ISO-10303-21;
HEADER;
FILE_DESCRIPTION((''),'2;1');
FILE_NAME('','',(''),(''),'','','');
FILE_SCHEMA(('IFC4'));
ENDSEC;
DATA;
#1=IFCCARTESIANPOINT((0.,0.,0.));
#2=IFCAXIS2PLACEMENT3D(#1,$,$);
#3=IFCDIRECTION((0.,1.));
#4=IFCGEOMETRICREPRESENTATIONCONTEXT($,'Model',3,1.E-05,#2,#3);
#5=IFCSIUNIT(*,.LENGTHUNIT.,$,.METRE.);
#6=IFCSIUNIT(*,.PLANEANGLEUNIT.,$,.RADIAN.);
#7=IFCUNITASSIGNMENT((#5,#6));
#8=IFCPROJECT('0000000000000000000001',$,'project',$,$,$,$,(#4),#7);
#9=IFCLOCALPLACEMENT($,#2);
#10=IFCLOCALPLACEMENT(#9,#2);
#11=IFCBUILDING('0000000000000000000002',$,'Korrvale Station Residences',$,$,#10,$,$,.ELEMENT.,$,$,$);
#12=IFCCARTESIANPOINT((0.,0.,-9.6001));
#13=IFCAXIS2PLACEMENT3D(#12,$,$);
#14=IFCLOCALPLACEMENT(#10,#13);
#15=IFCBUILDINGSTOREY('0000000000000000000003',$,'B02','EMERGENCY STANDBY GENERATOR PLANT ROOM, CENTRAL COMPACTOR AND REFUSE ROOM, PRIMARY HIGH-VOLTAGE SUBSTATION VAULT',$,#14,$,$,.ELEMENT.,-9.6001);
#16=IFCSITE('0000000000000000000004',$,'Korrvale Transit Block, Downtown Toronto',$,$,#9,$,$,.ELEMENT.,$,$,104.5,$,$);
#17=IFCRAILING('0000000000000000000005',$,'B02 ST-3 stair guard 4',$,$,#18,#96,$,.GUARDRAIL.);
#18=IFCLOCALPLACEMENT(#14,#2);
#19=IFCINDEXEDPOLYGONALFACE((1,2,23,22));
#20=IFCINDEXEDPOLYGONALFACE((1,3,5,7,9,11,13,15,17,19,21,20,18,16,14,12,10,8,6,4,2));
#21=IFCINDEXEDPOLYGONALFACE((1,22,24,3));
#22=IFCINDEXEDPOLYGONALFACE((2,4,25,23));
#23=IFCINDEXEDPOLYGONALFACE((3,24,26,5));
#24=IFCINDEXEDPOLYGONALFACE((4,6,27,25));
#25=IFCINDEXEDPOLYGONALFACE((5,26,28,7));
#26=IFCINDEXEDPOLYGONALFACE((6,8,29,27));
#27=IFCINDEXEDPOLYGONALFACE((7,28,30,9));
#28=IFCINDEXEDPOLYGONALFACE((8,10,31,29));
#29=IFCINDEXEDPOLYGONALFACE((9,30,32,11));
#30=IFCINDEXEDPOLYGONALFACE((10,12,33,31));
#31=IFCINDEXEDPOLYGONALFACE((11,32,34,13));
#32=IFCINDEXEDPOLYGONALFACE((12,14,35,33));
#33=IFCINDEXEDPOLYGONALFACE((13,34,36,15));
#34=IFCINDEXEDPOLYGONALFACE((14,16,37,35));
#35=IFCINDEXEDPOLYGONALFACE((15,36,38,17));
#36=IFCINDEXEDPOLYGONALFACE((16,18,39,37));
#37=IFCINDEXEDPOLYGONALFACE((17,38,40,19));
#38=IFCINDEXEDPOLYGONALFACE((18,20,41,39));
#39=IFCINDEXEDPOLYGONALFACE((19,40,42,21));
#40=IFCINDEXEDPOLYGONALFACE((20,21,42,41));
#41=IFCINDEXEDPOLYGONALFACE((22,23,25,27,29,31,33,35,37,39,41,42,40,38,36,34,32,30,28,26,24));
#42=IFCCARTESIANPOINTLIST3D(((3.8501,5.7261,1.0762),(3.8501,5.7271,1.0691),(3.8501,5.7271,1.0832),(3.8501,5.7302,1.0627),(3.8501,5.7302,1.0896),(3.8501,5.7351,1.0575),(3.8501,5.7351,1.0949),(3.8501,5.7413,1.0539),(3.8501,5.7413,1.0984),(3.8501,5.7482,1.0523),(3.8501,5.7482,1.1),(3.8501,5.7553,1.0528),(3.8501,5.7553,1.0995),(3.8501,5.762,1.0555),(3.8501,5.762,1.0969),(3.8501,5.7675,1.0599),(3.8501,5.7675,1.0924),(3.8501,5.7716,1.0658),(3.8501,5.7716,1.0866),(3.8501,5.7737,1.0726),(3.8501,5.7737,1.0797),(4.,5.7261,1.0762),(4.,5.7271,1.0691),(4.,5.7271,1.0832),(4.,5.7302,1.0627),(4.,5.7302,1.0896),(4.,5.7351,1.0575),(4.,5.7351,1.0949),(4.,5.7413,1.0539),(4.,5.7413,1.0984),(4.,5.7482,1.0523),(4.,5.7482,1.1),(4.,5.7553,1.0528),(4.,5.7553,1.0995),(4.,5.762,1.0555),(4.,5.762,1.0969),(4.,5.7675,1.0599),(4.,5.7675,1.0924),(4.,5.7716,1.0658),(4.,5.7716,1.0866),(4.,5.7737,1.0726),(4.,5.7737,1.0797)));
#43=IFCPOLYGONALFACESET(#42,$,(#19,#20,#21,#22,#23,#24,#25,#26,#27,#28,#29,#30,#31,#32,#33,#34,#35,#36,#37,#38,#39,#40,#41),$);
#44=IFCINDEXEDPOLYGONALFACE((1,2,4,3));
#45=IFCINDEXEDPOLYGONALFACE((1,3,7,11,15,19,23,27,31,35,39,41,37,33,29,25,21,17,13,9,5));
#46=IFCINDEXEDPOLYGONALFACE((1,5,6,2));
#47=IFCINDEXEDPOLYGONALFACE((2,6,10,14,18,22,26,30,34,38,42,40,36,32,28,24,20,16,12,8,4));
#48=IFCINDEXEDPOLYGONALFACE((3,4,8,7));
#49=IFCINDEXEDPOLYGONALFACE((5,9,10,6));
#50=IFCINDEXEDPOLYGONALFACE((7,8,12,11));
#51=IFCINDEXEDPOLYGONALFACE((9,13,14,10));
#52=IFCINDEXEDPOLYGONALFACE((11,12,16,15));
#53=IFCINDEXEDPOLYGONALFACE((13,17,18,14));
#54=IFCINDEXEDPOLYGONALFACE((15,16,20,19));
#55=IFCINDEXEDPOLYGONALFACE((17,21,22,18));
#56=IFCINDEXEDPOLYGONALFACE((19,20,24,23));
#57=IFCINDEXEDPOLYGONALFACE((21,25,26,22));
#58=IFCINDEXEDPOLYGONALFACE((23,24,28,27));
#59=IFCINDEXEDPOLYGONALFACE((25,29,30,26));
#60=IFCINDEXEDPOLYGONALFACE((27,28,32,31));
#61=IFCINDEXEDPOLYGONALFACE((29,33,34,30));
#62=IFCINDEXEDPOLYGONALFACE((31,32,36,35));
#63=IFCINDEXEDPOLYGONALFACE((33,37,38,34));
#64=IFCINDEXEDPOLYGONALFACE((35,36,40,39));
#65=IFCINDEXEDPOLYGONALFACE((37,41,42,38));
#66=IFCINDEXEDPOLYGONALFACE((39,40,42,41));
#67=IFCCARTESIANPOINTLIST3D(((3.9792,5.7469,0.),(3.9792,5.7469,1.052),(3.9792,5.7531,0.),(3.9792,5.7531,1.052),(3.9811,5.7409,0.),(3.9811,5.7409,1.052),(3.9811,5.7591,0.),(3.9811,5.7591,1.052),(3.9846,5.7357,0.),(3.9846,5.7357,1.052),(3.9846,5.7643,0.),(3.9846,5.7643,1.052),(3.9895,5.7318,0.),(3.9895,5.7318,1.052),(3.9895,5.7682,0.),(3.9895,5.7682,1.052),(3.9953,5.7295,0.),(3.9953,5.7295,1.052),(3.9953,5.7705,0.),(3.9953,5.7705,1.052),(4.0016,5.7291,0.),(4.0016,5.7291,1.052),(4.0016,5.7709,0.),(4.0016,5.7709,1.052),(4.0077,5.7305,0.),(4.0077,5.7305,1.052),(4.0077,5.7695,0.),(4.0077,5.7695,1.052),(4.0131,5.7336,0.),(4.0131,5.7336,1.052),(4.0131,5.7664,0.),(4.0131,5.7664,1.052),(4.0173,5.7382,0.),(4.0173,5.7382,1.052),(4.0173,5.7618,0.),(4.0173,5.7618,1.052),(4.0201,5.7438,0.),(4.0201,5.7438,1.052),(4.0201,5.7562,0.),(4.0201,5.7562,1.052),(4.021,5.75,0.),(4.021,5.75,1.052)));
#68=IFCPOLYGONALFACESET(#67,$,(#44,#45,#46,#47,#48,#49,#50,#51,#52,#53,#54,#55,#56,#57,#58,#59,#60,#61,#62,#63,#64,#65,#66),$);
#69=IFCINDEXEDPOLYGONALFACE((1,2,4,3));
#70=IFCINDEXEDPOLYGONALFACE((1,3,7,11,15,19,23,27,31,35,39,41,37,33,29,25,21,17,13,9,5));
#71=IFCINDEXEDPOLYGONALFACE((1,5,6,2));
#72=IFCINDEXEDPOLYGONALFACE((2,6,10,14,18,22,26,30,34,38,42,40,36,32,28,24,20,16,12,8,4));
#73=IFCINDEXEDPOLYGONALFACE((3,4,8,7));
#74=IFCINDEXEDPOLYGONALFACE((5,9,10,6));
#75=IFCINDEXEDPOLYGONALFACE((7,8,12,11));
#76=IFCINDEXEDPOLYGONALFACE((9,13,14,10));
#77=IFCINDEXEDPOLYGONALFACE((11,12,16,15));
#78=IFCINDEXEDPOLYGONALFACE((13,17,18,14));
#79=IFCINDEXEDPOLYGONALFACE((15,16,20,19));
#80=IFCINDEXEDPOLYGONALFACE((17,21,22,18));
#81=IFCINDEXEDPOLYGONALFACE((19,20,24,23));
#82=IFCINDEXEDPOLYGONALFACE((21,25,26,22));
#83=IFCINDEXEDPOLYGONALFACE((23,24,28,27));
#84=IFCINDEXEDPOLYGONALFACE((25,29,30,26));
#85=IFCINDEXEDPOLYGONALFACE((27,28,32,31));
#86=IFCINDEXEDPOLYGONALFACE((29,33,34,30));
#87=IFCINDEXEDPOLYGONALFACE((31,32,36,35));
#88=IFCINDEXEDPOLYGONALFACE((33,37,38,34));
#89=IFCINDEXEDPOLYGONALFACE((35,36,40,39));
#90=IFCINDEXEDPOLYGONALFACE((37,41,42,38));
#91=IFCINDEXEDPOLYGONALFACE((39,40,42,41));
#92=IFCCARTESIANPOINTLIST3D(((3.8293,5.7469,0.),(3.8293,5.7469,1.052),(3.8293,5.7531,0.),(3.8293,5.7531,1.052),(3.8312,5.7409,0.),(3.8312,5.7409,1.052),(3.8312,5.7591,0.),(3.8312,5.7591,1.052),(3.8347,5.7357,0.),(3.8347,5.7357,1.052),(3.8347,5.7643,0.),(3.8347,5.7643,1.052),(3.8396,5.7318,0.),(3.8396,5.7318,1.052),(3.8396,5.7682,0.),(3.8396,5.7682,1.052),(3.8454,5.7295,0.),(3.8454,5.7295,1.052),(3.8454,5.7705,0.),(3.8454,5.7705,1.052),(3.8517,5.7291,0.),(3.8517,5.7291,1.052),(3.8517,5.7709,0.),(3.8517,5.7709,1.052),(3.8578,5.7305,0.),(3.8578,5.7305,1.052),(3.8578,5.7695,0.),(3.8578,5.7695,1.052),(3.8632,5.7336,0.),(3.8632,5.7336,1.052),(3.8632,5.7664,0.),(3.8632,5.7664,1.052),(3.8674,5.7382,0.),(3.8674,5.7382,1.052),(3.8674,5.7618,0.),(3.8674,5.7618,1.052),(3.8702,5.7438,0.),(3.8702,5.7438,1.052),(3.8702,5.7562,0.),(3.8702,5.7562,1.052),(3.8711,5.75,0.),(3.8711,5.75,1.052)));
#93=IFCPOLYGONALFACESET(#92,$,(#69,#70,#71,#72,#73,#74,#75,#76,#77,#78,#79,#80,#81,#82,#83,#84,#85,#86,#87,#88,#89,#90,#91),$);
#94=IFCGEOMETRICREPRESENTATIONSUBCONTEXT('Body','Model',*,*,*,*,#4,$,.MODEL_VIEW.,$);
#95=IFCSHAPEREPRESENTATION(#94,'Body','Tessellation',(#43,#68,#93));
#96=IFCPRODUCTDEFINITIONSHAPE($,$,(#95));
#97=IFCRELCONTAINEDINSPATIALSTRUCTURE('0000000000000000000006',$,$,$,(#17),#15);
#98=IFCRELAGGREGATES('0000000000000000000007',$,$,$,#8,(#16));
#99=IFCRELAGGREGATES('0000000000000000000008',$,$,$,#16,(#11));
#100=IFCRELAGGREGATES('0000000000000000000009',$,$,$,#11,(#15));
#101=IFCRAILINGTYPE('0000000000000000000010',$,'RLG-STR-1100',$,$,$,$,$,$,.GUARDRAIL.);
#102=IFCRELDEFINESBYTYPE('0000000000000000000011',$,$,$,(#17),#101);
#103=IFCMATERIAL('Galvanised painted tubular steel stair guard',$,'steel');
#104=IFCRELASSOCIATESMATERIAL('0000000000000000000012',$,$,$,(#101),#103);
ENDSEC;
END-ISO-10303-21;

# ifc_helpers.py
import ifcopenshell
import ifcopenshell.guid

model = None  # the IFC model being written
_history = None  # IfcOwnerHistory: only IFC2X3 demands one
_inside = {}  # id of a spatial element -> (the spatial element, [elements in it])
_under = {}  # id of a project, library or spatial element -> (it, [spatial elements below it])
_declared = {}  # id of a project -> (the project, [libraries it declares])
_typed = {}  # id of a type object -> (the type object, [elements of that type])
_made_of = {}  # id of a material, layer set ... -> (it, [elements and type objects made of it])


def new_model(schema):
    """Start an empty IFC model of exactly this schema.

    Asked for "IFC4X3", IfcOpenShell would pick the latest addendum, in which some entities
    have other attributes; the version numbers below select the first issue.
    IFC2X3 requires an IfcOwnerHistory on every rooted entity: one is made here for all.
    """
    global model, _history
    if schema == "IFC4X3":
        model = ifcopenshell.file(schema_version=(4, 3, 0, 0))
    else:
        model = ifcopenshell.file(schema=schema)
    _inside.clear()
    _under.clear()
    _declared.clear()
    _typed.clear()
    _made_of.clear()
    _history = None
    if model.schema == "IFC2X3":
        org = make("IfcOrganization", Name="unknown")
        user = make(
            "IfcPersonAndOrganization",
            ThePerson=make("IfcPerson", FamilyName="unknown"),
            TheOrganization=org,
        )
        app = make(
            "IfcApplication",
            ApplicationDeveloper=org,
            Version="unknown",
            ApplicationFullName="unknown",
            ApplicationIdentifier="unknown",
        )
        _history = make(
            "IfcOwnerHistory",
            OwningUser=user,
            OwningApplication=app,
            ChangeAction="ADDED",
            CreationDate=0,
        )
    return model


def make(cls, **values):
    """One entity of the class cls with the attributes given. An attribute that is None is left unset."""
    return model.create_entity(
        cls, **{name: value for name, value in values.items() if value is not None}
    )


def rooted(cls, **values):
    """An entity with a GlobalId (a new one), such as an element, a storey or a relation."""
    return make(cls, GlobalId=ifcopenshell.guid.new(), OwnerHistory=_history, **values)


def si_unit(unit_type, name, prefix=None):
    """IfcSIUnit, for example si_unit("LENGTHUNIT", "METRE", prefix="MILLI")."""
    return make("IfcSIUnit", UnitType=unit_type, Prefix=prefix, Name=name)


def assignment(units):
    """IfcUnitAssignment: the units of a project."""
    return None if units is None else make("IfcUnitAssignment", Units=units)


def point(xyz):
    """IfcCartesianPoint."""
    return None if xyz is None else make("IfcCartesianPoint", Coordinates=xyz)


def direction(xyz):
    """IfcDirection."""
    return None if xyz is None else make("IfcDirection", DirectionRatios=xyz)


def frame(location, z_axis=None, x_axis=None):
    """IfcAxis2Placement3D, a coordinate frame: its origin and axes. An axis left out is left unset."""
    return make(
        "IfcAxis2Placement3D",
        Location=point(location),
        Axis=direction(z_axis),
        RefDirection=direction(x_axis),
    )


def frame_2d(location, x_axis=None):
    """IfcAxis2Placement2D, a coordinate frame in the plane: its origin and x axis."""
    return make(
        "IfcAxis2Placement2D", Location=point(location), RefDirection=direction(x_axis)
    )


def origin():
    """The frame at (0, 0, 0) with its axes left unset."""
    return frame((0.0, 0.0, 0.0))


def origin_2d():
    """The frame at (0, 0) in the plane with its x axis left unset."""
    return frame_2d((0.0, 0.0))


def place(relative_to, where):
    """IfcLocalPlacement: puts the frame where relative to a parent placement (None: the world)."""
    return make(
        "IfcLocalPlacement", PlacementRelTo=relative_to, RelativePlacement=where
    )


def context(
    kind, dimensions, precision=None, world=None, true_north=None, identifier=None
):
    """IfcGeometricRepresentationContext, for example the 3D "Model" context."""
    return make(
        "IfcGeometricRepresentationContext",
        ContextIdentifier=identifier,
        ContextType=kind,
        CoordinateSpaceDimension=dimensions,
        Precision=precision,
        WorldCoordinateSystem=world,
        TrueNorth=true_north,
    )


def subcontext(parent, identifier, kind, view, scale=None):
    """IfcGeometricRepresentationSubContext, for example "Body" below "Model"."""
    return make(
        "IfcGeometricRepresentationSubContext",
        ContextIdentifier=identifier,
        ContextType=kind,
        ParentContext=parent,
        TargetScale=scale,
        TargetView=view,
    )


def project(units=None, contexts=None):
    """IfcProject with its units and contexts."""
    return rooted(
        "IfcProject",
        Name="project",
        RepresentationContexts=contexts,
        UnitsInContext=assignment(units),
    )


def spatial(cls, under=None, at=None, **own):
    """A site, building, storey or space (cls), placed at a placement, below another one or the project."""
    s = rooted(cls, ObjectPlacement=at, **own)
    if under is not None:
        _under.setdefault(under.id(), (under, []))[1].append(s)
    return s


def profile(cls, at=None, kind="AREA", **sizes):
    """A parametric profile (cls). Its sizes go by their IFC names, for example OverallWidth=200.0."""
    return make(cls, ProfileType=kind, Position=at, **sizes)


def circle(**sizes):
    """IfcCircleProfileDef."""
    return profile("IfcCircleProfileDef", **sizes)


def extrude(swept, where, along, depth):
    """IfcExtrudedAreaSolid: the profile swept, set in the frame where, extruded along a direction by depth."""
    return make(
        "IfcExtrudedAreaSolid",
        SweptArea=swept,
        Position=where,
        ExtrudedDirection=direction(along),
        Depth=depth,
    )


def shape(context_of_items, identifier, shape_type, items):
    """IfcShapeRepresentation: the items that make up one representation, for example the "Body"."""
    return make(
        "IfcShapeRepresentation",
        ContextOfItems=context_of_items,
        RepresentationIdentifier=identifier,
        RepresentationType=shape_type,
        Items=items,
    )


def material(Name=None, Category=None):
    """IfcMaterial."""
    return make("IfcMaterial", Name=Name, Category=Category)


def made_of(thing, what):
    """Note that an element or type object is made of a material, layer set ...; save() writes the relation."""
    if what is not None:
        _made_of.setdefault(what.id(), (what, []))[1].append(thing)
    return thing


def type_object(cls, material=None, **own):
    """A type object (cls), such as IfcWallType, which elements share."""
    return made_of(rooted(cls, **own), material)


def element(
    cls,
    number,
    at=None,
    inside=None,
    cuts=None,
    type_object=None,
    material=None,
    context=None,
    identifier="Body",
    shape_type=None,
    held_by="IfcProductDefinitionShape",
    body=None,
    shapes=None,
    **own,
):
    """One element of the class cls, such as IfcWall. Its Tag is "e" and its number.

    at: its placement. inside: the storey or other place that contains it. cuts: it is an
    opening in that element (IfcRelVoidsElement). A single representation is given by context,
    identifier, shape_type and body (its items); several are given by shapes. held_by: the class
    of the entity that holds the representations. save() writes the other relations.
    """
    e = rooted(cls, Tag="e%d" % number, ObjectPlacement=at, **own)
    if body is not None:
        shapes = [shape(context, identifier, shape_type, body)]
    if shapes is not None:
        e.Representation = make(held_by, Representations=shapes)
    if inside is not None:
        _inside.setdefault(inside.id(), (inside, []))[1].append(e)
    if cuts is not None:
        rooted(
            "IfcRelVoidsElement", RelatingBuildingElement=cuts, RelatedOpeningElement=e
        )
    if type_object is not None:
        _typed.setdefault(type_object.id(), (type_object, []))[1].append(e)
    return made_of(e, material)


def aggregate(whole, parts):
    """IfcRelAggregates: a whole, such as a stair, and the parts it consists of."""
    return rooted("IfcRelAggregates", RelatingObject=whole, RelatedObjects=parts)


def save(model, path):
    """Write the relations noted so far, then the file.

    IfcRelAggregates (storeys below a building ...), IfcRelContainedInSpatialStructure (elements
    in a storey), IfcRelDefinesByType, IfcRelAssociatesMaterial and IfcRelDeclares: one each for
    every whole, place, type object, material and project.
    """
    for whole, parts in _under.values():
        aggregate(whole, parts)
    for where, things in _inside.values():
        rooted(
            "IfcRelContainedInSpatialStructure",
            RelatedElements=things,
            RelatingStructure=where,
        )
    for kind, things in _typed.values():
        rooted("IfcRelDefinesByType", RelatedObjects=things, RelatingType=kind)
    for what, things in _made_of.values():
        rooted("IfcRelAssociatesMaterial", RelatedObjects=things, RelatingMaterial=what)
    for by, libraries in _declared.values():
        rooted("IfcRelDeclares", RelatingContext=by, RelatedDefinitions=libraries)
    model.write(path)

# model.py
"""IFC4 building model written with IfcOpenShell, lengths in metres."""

from ifc_helpers import new_model, si_unit, direction, frame, origin, origin_2d, place, context, subcontext, project, spatial, circle, extrude, material, type_object, element, save


model = new_model("IFC4")

# Units and contexts
model_context = context("Model", 3, precision=1e-05, world=origin(), true_north=direction((0.0, 1.0)))
body_context = subcontext(model_context, "Body", "Model", "MODEL_VIEW")
ifc_project = project(units=[si_unit("LENGTHUNIT", "METRE"), si_unit("PLANEANGLEUNIT", "RADIAN")], contexts=[model_context])

# Site, building, storey
site_placement = place(None, origin())
site = spatial("IfcSite", under=ifc_project, at=site_placement, Name="Korrvale Transit Block, Downtown Toronto", CompositionType="ELEMENT", RefElevation=104.5)
building_placement = place(site_placement, origin())
building = spatial("IfcBuilding", under=site, at=building_placement, Name="Korrvale Station Residences", CompositionType="ELEMENT")
storey_placement = place(building_placement, frame((0.0, 0.0, -9.6001)))
storey = spatial("IfcBuildingStorey", under=building, at=storey_placement, Name="B02", Description="EMERGENCY STANDBY GENERATOR PLANT ROOM, CENTRAL COMPACTOR AND REFUSE ROOM, PRIMARY HIGH-VOLTAGE SUBSTATION VAULT", CompositionType="ELEMENT", Elevation=-9.6001)

# Railing
ifc_material_1 = material(Name="Galvanised painted tubular steel stair guard", Category="steel")
railing_type_1 = type_object("IfcRailingType", Name="RLG-STR-1100", PredefinedType="GUARDRAIL", material=ifc_material_1)
railing_1_placement = place(storey_placement, frame((4.0, 5.75, 0.0)))
element("IfcRailing", 1, at=railing_1_placement, inside=storey, type_object=railing_type_1, Name="B02 ST-3 stair guard 4", PredefinedType="GUARDRAIL", context=body_context, shape_type="SweptSolid", body=[
    extrude(circle(Radius=0.0239, at=origin_2d()), frame((0.0, 0.0, 1.0762), z_axis=(-1.0, 0.0, 0.0), x_axis=(0.0, -1.0, 0.0)), (0.0, 0.0, 1.0), 0.1499),
    extrude(circle(Radius=0.021, at=origin_2d()), origin(), (0.0, 0.0, 1.0), 1.052),
    extrude(circle(Radius=0.021, at=origin_2d()), frame((-0.1499, 0.0, 0.0)), (0.0, 0.0, 1.0), 1.052),
])

save(model, "model.ifc")
